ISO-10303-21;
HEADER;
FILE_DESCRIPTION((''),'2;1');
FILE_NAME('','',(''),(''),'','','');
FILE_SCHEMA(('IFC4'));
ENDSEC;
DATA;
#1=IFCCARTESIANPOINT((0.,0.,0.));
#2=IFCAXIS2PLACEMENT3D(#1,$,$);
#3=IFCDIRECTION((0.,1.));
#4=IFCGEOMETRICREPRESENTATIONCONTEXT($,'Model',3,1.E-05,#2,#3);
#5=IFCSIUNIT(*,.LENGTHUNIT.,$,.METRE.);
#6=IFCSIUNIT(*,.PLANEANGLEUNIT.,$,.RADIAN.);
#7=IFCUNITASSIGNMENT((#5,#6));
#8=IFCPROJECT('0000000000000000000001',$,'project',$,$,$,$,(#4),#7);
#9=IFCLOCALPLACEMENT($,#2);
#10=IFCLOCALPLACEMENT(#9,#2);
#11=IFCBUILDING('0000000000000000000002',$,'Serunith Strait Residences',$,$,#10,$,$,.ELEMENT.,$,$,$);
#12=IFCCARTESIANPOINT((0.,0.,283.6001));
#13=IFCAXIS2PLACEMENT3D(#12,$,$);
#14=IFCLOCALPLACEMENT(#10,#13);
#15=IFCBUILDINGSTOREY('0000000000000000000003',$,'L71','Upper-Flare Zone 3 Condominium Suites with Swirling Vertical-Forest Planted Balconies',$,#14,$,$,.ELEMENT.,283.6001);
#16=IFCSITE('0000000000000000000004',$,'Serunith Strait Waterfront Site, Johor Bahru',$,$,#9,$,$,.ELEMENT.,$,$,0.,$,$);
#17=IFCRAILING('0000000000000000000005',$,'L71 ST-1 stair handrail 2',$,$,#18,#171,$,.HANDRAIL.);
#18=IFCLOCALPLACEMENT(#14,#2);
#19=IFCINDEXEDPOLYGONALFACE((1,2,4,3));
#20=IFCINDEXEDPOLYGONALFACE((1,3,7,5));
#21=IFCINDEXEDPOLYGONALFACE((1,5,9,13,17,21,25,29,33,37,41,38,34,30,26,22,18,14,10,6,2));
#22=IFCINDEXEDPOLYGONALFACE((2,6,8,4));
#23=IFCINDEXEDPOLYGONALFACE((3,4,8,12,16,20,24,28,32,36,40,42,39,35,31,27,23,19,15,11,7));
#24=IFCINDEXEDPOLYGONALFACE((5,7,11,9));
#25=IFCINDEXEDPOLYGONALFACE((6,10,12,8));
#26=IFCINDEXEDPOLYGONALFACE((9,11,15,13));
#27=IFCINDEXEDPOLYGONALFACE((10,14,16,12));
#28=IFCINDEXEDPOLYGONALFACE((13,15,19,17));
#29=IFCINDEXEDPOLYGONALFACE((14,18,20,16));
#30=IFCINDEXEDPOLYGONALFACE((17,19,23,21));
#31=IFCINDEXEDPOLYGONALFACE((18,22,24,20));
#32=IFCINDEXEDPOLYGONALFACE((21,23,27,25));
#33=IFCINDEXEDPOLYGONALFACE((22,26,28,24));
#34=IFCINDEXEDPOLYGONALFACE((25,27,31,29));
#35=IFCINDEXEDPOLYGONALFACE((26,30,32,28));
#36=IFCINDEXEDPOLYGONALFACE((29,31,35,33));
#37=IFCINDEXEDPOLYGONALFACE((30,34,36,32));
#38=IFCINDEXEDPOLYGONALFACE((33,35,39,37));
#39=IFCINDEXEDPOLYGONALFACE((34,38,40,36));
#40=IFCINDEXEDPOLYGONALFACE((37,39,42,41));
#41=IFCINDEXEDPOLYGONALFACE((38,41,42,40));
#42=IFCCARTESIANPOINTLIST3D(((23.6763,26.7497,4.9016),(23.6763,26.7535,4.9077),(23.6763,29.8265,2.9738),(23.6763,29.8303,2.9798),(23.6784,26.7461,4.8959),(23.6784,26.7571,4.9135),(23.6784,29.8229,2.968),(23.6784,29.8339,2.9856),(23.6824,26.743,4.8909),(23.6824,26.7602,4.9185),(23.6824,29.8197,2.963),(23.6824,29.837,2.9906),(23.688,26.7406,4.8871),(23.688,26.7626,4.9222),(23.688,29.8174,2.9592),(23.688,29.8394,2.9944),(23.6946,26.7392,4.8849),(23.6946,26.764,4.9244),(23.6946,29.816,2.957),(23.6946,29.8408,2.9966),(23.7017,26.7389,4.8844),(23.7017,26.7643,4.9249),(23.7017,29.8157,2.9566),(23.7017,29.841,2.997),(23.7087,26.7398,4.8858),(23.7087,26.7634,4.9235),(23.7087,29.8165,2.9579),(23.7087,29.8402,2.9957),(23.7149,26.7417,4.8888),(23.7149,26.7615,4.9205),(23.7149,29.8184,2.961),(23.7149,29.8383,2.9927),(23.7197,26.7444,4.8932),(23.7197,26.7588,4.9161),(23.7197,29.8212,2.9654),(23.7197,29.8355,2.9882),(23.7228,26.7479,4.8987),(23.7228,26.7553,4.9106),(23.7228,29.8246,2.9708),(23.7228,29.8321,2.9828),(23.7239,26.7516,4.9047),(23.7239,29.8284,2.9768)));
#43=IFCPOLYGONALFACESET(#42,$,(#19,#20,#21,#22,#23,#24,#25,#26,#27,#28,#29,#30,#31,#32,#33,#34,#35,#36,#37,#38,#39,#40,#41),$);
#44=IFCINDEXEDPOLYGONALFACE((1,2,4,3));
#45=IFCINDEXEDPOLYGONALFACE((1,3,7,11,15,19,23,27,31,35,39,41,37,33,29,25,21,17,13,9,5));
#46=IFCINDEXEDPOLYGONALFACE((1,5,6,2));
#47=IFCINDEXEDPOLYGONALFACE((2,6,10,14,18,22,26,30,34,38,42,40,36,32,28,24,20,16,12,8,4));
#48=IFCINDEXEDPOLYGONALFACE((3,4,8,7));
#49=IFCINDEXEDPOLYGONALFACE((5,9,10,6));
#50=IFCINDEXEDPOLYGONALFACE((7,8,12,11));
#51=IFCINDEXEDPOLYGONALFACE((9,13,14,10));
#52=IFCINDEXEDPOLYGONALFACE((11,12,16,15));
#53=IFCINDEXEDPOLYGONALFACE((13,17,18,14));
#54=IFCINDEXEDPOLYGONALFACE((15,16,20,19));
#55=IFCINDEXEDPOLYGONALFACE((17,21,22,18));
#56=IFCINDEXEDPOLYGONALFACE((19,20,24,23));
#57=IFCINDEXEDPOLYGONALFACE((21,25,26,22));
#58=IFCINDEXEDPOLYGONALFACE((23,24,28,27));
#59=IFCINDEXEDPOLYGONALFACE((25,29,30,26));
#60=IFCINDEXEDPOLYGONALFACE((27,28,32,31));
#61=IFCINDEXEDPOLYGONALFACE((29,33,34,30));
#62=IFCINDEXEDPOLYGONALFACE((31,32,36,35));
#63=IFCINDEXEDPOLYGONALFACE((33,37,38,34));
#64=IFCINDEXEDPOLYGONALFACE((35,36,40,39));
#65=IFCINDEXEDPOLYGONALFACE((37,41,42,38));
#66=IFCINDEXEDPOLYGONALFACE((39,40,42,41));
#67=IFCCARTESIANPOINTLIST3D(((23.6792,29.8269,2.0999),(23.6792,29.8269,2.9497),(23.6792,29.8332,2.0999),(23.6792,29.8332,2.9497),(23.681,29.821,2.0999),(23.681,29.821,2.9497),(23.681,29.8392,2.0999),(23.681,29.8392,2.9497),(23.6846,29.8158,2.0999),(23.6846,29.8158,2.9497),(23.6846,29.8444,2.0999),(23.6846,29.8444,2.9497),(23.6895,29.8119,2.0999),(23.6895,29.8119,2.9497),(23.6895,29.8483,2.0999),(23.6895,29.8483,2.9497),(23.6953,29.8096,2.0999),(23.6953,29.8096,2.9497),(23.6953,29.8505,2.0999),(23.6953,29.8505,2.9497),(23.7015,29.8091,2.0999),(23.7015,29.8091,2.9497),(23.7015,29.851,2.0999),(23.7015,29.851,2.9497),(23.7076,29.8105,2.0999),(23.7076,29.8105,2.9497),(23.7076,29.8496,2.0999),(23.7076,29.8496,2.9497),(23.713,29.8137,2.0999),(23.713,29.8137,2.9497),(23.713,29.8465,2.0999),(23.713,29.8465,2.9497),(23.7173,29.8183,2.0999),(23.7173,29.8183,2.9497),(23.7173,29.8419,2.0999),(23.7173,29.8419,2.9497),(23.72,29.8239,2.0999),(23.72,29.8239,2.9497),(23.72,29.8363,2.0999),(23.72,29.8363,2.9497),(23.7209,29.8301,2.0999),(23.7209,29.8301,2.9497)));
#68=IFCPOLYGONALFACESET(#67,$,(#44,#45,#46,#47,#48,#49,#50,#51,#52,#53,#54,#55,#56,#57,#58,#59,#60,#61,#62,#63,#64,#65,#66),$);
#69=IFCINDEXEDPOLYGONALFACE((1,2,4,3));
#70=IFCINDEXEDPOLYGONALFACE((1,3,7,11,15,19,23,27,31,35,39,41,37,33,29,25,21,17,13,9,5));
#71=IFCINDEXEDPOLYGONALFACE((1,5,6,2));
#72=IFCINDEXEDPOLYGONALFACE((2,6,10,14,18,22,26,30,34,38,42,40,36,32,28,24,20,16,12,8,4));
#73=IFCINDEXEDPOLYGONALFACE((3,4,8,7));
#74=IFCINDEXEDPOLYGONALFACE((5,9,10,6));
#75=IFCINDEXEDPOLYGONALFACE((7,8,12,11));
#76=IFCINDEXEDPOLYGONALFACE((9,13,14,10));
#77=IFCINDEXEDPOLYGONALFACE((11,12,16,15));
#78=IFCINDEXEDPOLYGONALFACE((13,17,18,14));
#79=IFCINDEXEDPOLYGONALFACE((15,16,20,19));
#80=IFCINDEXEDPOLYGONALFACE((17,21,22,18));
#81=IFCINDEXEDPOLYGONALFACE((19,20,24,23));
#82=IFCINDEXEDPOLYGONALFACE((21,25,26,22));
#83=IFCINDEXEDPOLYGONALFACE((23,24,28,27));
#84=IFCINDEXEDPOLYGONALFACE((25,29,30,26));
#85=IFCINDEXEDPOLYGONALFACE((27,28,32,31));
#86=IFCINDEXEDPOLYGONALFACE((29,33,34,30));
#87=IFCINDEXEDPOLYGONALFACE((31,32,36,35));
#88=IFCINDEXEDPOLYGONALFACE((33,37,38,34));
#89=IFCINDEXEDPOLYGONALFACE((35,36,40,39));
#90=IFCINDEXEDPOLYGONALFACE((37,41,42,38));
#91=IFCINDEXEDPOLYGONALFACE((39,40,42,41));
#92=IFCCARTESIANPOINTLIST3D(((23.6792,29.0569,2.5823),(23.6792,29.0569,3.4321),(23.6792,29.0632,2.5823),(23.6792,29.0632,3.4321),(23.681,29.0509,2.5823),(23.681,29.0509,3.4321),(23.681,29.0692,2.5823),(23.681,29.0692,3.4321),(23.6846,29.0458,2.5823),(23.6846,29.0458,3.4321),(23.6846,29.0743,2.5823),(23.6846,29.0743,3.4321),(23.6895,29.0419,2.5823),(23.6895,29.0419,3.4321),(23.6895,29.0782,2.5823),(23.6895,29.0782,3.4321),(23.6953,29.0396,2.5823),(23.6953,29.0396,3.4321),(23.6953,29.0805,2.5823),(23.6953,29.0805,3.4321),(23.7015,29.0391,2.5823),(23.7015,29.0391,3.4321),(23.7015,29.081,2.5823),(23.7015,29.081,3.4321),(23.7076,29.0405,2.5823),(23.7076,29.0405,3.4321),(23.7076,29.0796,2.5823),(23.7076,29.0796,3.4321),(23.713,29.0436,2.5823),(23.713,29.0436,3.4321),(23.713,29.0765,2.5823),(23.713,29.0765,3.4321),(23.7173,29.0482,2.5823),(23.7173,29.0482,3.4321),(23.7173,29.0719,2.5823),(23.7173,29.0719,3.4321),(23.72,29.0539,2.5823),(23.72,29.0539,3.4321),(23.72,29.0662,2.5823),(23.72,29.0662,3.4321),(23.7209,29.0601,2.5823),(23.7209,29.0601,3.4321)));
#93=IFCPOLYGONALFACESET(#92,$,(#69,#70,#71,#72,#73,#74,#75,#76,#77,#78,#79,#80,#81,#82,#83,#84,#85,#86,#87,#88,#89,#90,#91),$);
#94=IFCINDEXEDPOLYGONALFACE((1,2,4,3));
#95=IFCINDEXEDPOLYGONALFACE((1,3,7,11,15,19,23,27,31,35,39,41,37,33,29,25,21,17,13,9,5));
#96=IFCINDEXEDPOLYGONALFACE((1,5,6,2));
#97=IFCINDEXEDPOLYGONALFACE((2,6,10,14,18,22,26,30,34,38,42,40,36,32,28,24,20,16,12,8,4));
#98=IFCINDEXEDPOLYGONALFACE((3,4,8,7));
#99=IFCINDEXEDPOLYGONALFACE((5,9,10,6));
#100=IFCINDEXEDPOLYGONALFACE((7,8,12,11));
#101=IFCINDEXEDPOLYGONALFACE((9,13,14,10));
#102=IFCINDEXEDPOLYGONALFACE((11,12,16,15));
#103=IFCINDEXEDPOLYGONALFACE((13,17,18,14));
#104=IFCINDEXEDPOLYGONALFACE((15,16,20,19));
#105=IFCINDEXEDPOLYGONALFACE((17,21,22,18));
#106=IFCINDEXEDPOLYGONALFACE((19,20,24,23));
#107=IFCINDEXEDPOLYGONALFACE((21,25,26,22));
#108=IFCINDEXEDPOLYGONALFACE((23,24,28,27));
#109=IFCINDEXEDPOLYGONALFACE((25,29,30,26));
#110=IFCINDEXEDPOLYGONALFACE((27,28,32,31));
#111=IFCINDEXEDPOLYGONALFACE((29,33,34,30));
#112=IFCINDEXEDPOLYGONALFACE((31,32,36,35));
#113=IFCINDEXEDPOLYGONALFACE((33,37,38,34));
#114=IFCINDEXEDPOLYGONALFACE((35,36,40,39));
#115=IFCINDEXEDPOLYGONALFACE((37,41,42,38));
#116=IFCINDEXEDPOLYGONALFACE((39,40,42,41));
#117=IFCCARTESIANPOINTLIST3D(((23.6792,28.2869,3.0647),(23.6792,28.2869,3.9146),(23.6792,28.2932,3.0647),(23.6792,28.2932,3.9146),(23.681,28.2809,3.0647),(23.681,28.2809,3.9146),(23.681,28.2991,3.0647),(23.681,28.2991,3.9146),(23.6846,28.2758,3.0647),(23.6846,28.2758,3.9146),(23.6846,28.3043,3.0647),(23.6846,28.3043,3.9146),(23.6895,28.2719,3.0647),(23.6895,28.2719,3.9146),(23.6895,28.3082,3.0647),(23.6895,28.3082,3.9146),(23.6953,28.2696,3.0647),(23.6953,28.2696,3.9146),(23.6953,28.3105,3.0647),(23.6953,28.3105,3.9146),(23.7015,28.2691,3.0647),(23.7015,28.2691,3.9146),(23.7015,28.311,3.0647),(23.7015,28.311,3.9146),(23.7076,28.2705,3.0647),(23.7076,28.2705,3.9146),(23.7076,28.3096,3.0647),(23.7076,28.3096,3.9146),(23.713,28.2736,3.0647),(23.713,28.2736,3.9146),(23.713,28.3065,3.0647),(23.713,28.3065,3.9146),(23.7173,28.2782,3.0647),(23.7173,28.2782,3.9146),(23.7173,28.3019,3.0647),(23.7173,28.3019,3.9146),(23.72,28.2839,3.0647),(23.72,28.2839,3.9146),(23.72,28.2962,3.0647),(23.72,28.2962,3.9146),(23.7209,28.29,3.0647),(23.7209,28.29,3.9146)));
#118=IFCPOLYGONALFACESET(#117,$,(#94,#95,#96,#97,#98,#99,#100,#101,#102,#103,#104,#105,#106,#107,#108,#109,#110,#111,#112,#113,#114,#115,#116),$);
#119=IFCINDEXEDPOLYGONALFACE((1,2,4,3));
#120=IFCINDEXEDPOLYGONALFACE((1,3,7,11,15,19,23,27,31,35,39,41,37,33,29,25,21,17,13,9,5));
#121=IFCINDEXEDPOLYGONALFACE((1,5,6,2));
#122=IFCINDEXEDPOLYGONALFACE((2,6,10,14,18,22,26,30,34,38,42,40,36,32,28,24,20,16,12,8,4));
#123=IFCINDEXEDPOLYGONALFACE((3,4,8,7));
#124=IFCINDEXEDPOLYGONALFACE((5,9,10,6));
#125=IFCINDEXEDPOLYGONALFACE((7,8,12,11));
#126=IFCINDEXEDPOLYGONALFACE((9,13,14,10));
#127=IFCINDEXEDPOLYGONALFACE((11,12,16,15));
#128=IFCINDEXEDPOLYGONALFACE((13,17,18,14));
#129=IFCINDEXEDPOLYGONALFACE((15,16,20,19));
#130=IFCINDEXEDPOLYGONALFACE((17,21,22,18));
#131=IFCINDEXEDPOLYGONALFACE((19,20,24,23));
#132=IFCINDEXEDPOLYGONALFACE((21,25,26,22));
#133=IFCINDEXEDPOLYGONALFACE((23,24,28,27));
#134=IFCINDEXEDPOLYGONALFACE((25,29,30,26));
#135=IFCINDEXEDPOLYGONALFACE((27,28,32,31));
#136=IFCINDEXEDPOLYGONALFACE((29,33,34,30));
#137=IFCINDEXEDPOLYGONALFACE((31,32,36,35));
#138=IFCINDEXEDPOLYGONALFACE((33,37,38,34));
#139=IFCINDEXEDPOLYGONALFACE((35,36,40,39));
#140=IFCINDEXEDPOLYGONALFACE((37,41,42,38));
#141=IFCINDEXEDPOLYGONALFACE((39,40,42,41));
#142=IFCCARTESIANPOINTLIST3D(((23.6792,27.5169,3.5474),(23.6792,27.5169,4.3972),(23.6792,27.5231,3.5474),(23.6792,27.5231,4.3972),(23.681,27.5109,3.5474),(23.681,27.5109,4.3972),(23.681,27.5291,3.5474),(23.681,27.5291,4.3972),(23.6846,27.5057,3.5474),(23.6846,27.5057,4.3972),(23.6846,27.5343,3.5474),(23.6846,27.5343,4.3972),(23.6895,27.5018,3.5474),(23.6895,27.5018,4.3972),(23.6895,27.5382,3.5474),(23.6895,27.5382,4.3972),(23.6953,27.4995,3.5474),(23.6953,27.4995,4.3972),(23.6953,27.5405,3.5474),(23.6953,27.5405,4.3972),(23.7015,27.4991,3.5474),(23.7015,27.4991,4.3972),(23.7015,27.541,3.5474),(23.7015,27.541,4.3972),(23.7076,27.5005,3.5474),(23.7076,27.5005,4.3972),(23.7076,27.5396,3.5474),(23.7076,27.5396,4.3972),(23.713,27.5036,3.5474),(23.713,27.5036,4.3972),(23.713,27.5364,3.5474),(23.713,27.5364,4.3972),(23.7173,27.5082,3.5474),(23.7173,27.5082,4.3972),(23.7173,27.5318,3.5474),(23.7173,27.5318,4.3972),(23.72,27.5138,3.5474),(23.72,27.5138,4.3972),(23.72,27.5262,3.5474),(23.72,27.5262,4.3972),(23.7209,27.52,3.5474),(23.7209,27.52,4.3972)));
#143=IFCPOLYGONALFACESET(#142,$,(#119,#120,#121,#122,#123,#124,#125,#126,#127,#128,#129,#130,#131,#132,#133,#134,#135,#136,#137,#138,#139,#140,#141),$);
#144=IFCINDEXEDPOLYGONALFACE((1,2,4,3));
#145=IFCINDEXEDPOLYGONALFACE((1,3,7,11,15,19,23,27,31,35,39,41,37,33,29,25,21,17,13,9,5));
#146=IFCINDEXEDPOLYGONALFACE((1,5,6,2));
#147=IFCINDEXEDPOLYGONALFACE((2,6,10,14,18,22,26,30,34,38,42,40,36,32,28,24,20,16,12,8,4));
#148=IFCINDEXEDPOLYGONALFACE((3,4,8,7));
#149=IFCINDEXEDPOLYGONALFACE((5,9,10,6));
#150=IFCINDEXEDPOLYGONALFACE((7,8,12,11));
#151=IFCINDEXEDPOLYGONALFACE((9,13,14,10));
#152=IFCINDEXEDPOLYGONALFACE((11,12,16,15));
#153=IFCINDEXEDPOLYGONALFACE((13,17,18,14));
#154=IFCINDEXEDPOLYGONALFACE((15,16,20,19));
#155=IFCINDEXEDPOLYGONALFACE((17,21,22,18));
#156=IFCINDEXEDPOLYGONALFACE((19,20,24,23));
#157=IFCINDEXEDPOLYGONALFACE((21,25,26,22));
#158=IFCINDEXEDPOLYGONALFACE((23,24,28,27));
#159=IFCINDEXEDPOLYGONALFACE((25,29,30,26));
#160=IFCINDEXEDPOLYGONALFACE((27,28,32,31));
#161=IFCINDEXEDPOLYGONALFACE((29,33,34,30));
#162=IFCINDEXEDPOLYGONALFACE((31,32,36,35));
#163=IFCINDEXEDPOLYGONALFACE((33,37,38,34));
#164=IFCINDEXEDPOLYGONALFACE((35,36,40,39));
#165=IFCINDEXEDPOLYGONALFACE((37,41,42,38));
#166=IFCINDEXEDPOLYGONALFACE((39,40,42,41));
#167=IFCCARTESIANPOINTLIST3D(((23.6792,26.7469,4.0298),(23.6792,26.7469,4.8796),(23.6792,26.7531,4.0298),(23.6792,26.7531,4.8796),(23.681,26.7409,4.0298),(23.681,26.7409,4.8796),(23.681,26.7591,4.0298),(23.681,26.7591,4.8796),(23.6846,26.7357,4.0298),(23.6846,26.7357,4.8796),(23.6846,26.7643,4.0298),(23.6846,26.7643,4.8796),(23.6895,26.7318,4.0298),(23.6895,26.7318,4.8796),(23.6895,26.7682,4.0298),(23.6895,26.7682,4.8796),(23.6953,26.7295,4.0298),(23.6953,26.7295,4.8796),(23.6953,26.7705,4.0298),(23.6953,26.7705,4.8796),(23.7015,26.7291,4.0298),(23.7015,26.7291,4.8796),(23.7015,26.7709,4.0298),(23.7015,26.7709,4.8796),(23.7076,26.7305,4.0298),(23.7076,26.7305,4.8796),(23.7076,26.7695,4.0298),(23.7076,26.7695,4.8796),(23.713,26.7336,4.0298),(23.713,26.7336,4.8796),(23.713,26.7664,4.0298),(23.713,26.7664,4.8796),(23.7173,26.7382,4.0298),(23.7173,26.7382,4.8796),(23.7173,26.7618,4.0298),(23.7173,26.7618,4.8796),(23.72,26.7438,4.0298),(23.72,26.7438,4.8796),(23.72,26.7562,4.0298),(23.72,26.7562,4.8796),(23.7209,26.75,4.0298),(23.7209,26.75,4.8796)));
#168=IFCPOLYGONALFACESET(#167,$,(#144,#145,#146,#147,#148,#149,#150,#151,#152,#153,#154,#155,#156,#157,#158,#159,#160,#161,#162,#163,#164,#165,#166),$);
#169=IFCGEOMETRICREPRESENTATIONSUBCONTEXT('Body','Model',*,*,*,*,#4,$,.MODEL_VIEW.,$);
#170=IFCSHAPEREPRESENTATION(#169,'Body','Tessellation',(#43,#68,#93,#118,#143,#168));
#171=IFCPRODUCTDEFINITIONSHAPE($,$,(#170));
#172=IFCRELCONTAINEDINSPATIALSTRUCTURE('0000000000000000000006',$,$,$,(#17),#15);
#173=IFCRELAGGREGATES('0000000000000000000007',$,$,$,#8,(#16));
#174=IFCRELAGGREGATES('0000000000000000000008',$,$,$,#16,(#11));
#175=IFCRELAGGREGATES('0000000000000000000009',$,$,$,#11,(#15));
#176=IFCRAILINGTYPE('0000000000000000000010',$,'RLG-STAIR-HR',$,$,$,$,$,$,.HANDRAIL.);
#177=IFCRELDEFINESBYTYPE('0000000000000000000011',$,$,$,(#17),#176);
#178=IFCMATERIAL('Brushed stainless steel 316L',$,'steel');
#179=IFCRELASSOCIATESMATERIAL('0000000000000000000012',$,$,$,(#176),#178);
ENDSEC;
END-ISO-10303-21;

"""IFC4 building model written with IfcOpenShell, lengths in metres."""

from ifc_helpers import new_model, si_unit, direction, frame, origin, origin_2d, place, context, subcontext, project, spatial, circle, extrude, material, type_object, element, save


model = new_model("IFC4")

# Units and contexts
model_context = context("Model", 3, precision=1e-05, world=origin(), true_north=direction((0.0, 1.0)))
body_context = subcontext(model_context, "Body", "Model", "MODEL_VIEW")
ifc_project = project(units=[si_unit("LENGTHUNIT", "METRE"), si_unit("PLANEANGLEUNIT", "RADIAN")], contexts=[model_context])

# Site, building, storey
site_placement = place(None, origin())
site = spatial("IfcSite", under=ifc_project, at=site_placement, Name="Serunith Strait Waterfront Site, Johor Bahru", CompositionType="ELEMENT", RefElevation=0.0)
building_placement = place(site_placement, origin())
building = spatial("IfcBuilding", under=site, at=building_placement, Name="Serunith Strait Residences", CompositionType="ELEMENT")
storey_placement = place(building_placement, frame((0.0, 0.0, 283.6001)))
storey = spatial("IfcBuildingStorey", under=building, at=storey_placement, Name="L71", Description="Upper-Flare Zone 3 Condominium Suites with Swirling Vertical-Forest Planted Balconies", CompositionType="ELEMENT", Elevation=283.6001)

# Railing
ifc_material_1 = material(Name="Brushed stainless steel 316L", Category="steel")
railing_type_1 = type_object("IfcRailingType", Name="RLG-STAIR-HR", PredefinedType="HANDRAIL", material=ifc_material_1)
railing_1_placement = place(storey_placement, frame((23.7, 29.8301, 2.0999)))
element("IfcRailing", 1, at=railing_1_placement, inside=storey, type_object=railing_type_1, Name="L71 ST-1 stair handrail 2", PredefinedType="HANDRAIL", context=body_context, shape_type="SweptSolid", body=[
    extrude(circle(Radius=0.0239, at=origin_2d()), frame((0.0, -0.0017, 0.877), z_axis=(0.0, -0.847394, 0.530965), x_axis=(1.0, 0.0, 0.0)), (0.0, 0.0, 1.0), 3.6309),
    extrude(circle(Radius=0.021, at=origin_2d()), origin(), (0.0, 0.0, 1.0), 0.8499),
    extrude(circle(Radius=0.021, at=origin_2d()), frame((0.0, -0.77, 0.4824)), (0.0, 0.0, 1.0), 0.8499),
    extrude(circle(Radius=0.021, at=origin_2d()), frame((0.0, -1.54, 0.9648)), (0.0, 0.0, 1.0), 0.8499),
    extrude(circle(Radius=0.021, at=origin_2d()), frame((0.0, -2.3101, 1.4475)), (0.0, 0.0, 1.0), 0.8499),
    extrude(circle(Radius=0.021, at=origin_2d()), frame((0.0, -3.0801, 1.9299)), (0.0, 0.0, 1.0), 0.8499),
])

save(model, "model.ifc")
